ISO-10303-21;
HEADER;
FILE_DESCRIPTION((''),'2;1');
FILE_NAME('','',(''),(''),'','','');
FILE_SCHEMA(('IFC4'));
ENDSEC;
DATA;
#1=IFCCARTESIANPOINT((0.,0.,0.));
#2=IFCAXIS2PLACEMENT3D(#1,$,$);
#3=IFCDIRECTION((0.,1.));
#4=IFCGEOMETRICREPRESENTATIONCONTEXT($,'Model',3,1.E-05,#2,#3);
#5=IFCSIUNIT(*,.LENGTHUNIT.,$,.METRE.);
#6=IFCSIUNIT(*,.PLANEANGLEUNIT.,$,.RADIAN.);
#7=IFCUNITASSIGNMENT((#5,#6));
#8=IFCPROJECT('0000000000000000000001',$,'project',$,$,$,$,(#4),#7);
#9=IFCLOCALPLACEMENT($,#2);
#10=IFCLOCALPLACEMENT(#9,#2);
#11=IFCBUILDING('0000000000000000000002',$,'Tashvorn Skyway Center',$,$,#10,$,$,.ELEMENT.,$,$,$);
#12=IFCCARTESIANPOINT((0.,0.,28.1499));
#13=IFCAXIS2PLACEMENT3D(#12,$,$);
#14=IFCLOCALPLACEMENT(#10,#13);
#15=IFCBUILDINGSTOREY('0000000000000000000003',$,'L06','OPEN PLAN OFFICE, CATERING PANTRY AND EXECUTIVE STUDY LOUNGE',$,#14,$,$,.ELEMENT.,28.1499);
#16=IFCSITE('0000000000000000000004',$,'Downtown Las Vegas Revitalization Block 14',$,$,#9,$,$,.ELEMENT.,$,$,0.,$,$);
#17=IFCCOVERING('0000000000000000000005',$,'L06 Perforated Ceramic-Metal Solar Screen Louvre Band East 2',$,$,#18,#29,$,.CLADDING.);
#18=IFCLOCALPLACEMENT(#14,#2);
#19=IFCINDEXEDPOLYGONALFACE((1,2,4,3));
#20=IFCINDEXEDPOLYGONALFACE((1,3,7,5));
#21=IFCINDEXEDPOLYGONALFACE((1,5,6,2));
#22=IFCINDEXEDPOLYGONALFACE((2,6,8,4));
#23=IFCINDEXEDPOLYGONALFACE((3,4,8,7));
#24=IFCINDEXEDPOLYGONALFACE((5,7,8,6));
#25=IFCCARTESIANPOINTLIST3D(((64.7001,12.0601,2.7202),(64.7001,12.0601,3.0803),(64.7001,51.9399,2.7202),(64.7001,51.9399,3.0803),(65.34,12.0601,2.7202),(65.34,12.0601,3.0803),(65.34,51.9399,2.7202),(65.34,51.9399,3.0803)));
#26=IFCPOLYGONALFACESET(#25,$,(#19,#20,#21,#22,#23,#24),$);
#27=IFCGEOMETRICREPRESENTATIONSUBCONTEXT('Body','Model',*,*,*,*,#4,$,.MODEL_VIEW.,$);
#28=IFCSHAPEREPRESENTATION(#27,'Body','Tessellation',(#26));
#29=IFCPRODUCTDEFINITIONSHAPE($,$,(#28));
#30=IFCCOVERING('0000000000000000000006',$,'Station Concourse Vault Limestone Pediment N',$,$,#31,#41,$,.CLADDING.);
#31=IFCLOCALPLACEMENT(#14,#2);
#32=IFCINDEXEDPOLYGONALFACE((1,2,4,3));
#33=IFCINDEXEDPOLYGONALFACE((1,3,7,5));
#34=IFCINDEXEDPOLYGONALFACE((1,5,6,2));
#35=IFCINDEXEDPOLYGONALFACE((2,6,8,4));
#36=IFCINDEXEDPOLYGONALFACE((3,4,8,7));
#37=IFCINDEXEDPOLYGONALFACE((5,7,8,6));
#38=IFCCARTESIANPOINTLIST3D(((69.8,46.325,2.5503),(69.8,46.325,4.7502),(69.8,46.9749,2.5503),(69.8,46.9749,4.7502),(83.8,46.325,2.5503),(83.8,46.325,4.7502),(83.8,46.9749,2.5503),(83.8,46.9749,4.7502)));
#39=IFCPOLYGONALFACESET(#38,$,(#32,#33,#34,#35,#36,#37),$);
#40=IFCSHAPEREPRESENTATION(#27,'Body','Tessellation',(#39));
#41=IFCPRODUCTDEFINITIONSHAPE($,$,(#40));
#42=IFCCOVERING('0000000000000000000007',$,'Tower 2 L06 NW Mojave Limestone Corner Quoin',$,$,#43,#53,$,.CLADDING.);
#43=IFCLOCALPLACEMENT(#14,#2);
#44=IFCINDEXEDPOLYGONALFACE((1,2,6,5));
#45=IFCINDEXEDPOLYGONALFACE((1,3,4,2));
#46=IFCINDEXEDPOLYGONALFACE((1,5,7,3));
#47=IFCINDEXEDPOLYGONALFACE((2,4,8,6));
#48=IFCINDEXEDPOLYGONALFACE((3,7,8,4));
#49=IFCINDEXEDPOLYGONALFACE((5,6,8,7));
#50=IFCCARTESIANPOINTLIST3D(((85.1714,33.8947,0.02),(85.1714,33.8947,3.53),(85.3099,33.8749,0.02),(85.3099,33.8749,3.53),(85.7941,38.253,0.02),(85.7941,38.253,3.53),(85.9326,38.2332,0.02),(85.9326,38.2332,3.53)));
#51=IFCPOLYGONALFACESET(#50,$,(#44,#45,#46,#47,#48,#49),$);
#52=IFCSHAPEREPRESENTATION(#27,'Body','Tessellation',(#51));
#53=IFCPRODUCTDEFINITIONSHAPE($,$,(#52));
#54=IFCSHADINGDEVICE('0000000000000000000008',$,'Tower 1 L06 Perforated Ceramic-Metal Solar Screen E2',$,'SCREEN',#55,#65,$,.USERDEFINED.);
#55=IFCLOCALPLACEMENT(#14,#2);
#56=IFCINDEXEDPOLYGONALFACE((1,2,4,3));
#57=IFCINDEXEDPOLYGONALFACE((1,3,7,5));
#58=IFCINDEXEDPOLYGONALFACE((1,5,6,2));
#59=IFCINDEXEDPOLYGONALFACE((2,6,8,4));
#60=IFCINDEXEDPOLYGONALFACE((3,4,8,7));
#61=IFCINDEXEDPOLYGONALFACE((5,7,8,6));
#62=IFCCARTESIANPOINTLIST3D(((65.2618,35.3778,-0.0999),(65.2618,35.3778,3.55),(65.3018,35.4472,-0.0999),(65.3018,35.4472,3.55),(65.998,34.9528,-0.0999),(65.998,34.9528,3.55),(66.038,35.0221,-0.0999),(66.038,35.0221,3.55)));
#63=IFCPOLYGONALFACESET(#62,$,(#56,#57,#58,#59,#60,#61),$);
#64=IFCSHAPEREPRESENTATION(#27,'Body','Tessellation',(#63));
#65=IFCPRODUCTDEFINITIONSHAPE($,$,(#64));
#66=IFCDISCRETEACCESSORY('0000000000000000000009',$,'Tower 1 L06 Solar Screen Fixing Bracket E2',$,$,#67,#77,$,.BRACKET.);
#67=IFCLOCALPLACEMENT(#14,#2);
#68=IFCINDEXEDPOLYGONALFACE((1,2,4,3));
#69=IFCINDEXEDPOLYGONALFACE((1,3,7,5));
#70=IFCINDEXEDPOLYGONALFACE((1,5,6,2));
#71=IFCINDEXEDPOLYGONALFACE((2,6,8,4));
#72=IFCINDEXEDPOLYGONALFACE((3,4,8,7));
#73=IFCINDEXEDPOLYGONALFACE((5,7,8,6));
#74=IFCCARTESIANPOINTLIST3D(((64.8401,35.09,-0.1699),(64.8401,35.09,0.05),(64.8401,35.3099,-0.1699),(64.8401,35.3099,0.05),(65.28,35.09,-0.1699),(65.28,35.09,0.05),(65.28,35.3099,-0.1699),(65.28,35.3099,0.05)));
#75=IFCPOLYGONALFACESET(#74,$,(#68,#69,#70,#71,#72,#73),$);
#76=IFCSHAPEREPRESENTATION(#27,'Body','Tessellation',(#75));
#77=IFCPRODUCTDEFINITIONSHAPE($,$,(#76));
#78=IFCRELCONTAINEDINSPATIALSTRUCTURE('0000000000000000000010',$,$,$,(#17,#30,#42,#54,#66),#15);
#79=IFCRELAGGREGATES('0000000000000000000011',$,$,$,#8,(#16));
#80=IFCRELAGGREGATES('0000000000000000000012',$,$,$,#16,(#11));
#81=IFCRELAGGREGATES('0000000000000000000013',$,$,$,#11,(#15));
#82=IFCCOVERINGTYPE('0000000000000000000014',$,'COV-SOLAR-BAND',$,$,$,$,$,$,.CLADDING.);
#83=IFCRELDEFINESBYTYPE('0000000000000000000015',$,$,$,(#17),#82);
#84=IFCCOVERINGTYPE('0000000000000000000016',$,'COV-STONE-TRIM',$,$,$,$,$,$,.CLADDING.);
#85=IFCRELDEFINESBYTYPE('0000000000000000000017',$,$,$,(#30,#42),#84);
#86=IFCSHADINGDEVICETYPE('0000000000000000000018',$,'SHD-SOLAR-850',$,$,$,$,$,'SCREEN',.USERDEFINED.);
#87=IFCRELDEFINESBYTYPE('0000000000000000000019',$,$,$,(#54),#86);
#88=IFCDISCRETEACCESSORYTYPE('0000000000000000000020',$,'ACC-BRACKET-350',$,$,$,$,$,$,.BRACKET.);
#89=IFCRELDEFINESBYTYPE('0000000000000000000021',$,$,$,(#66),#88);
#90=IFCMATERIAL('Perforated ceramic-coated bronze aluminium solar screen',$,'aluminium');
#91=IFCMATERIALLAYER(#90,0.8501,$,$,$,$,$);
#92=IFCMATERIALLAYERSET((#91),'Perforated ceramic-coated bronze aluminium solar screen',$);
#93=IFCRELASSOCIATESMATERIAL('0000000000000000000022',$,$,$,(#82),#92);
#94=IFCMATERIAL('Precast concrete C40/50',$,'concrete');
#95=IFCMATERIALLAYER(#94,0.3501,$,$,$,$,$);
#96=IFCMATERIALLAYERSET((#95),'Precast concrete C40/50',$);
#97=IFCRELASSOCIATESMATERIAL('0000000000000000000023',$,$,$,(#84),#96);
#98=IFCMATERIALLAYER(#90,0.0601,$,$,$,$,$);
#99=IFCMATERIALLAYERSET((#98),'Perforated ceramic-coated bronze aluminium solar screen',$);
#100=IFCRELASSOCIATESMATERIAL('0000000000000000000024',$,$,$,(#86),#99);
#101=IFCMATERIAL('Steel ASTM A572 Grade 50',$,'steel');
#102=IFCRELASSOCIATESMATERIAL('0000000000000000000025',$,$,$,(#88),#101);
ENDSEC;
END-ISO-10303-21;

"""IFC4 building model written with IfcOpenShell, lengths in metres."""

from ifc_helpers import new_model, si_unit, direction, frame, origin, origin_2d, place, context, subcontext, project, spatial, rectangle, extrude, material, layer, layer_set, type_object, element, save


model = new_model("IFC4")

# Units and contexts
model_context = context("Model", 3, precision=1e-05, world=origin(), true_north=direction((0.0, 1.0)))
body_context = subcontext(model_context, "Body", "Model", "MODEL_VIEW")
ifc_project = project(units=[si_unit("LENGTHUNIT", "METRE"), si_unit("PLANEANGLEUNIT", "RADIAN")], contexts=[model_context])

# Site, building, storey
site_placement = place(None, origin())
site = spatial("IfcSite", under=ifc_project, at=site_placement, Name="Downtown Las Vegas Revitalization Block 14", CompositionType="ELEMENT", RefElevation=0.0)
building_placement = place(site_placement, origin())
building = spatial("IfcBuilding", under=site, at=building_placement, Name="Tashvorn Skyway Center", CompositionType="ELEMENT")
storey_placement = place(building_placement, frame((0.0, 0.0, 28.1499)))
storey = spatial("IfcBuildingStorey", under=building, at=storey_placement, Name="L06", Description="OPEN PLAN OFFICE, CATERING PANTRY AND EXECUTIVE STUDY LOUNGE", CompositionType="ELEMENT", Elevation=28.1499)

# Shared definitions
ifc_material_1 = material(Name="Steel ASTM A572 Grade 50", Category="steel")

# Shared definitions
ifc_material_2 = material(Name="Precast concrete C40/50", Category="concrete")

# Coverings
ifc_material_3 = material(Name="Perforated ceramic-coated bronze aluminium solar screen", Category="aluminium")
ifc_layer_1 = layer(ifc_material_3, 0.8501)
ifc_layer_set_1 = layer_set([ifc_layer_1], Name="Perforated ceramic-coated bronze aluminium solar screen")
covering_type_1 = type_object("IfcCoveringType", Name="COV-SOLAR-BAND", PredefinedType="CLADDING", material=ifc_layer_set_1)
covering_1_placement = place(storey_placement, frame((65.02, 32.0, 2.7202), z_axis=(0.0, 0.0, 1.0), x_axis=(0.0, -1.0, 0.0)))
element("IfcCovering", 1, at=covering_1_placement, inside=storey, type_object=covering_type_1, Name="L06 Perforated Ceramic-Metal Solar Screen Louvre Band East 2", PredefinedType="CLADDING", context=body_context, shape_type="SweptSolid", body=[
    extrude(rectangle(XDim=39.8799, YDim=0.6399, at=origin_2d()), origin(), (0.0, 0.0, 1.0), 0.3601),
])
ifc_layer_2 = layer(ifc_material_2, 0.3501)
ifc_layer_set_2 = layer_set([ifc_layer_2], Name="Precast concrete C40/50")
covering_type_2 = type_object("IfcCoveringType", Name="COV-STONE-TRIM", PredefinedType="CLADDING", material=ifc_layer_set_2)
covering_2_placement = place(storey_placement, frame((76.8, 46.6499, 2.5503), z_axis=(0.0, 0.0, 1.0), x_axis=(1.0, 0.0, 0.0)))
element("IfcCovering", 2, at=covering_2_placement, inside=storey, type_object=covering_type_2, Name="Station Concourse Vault Limestone Pediment N", PredefinedType="CLADDING", context=body_context, shape_type="SweptSolid", body=[
    extrude(rectangle(XDim=14.0, YDim=0.6499, at=origin_2d()), origin(), (0.0, 0.0, 1.0), 2.2),
])
covering_3_placement = place(storey_placement, frame((85.552, 36.064, 0.02), z_axis=(0.0, 0.0, 1.0), x_axis=(-0.141421, -0.989949, 0.0)))
element("IfcCovering", 3, at=covering_3_placement, inside=storey, type_object=covering_type_2, Name="Tower 2 L06 NW Mojave Limestone Corner Quoin", PredefinedType="CLADDING", context=body_context, shape_type="SweptSolid", body=[
    extrude(rectangle(XDim=4.4026, YDim=0.1399, at=origin_2d()), origin(), (0.0, 0.0, 1.0), 3.51),
])

# Shading device
ifc_layer_3 = layer(ifc_material_3, 0.0601)
ifc_layer_set_3 = layer_set([ifc_layer_3], Name="Perforated ceramic-coated bronze aluminium solar screen")
shading_device_type = type_object("IfcShadingDeviceType", Name="SHD-SOLAR-850", ElementType="SCREEN", PredefinedType="USERDEFINED", material=ifc_layer_set_3)
shading_device_placement = place(storey_placement, frame((65.6499, 35.2, -0.0999), z_axis=(0.0, 0.0, 1.0), x_axis=(-0.5, -0.866025, 0.0)))
element("IfcShadingDevice", 4, at=shading_device_placement, inside=storey, type_object=shading_device_type, Name="Tower 1 L06 Perforated Ceramic-Metal Solar Screen E2", ObjectType="SCREEN", PredefinedType="USERDEFINED", context=body_context, shape_type="SweptSolid", body=[
    extrude(rectangle(XDim=0.0801, YDim=0.8501, at=origin_2d()), origin(), (0.0, 0.0, 1.0), 3.6499),
])

# Discrete accessory
discrete_accessory_type = type_object("IfcDiscreteAccessoryType", Name="ACC-BRACKET-350", PredefinedType="BRACKET", material=ifc_material_1)
discrete_accessory_placement = place(storey_placement, frame((65.0601, 35.2, -0.1699), z_axis=(0.0, 0.0, 1.0), x_axis=(0.0, -1.0, 0.0)))
element("IfcDiscreteAccessory", 5, at=discrete_accessory_placement, inside=storey, type_object=discrete_accessory_type, Name="Tower 1 L06 Solar Screen Fixing Bracket E2", PredefinedType="BRACKET", context=body_context, shape_type="SweptSolid", body=[
    extrude(rectangle(XDim=0.22, YDim=0.4399, at=origin_2d()), origin(), (0.0, 0.0, 1.0), 0.22),
])

save(model, "model.ifc")
